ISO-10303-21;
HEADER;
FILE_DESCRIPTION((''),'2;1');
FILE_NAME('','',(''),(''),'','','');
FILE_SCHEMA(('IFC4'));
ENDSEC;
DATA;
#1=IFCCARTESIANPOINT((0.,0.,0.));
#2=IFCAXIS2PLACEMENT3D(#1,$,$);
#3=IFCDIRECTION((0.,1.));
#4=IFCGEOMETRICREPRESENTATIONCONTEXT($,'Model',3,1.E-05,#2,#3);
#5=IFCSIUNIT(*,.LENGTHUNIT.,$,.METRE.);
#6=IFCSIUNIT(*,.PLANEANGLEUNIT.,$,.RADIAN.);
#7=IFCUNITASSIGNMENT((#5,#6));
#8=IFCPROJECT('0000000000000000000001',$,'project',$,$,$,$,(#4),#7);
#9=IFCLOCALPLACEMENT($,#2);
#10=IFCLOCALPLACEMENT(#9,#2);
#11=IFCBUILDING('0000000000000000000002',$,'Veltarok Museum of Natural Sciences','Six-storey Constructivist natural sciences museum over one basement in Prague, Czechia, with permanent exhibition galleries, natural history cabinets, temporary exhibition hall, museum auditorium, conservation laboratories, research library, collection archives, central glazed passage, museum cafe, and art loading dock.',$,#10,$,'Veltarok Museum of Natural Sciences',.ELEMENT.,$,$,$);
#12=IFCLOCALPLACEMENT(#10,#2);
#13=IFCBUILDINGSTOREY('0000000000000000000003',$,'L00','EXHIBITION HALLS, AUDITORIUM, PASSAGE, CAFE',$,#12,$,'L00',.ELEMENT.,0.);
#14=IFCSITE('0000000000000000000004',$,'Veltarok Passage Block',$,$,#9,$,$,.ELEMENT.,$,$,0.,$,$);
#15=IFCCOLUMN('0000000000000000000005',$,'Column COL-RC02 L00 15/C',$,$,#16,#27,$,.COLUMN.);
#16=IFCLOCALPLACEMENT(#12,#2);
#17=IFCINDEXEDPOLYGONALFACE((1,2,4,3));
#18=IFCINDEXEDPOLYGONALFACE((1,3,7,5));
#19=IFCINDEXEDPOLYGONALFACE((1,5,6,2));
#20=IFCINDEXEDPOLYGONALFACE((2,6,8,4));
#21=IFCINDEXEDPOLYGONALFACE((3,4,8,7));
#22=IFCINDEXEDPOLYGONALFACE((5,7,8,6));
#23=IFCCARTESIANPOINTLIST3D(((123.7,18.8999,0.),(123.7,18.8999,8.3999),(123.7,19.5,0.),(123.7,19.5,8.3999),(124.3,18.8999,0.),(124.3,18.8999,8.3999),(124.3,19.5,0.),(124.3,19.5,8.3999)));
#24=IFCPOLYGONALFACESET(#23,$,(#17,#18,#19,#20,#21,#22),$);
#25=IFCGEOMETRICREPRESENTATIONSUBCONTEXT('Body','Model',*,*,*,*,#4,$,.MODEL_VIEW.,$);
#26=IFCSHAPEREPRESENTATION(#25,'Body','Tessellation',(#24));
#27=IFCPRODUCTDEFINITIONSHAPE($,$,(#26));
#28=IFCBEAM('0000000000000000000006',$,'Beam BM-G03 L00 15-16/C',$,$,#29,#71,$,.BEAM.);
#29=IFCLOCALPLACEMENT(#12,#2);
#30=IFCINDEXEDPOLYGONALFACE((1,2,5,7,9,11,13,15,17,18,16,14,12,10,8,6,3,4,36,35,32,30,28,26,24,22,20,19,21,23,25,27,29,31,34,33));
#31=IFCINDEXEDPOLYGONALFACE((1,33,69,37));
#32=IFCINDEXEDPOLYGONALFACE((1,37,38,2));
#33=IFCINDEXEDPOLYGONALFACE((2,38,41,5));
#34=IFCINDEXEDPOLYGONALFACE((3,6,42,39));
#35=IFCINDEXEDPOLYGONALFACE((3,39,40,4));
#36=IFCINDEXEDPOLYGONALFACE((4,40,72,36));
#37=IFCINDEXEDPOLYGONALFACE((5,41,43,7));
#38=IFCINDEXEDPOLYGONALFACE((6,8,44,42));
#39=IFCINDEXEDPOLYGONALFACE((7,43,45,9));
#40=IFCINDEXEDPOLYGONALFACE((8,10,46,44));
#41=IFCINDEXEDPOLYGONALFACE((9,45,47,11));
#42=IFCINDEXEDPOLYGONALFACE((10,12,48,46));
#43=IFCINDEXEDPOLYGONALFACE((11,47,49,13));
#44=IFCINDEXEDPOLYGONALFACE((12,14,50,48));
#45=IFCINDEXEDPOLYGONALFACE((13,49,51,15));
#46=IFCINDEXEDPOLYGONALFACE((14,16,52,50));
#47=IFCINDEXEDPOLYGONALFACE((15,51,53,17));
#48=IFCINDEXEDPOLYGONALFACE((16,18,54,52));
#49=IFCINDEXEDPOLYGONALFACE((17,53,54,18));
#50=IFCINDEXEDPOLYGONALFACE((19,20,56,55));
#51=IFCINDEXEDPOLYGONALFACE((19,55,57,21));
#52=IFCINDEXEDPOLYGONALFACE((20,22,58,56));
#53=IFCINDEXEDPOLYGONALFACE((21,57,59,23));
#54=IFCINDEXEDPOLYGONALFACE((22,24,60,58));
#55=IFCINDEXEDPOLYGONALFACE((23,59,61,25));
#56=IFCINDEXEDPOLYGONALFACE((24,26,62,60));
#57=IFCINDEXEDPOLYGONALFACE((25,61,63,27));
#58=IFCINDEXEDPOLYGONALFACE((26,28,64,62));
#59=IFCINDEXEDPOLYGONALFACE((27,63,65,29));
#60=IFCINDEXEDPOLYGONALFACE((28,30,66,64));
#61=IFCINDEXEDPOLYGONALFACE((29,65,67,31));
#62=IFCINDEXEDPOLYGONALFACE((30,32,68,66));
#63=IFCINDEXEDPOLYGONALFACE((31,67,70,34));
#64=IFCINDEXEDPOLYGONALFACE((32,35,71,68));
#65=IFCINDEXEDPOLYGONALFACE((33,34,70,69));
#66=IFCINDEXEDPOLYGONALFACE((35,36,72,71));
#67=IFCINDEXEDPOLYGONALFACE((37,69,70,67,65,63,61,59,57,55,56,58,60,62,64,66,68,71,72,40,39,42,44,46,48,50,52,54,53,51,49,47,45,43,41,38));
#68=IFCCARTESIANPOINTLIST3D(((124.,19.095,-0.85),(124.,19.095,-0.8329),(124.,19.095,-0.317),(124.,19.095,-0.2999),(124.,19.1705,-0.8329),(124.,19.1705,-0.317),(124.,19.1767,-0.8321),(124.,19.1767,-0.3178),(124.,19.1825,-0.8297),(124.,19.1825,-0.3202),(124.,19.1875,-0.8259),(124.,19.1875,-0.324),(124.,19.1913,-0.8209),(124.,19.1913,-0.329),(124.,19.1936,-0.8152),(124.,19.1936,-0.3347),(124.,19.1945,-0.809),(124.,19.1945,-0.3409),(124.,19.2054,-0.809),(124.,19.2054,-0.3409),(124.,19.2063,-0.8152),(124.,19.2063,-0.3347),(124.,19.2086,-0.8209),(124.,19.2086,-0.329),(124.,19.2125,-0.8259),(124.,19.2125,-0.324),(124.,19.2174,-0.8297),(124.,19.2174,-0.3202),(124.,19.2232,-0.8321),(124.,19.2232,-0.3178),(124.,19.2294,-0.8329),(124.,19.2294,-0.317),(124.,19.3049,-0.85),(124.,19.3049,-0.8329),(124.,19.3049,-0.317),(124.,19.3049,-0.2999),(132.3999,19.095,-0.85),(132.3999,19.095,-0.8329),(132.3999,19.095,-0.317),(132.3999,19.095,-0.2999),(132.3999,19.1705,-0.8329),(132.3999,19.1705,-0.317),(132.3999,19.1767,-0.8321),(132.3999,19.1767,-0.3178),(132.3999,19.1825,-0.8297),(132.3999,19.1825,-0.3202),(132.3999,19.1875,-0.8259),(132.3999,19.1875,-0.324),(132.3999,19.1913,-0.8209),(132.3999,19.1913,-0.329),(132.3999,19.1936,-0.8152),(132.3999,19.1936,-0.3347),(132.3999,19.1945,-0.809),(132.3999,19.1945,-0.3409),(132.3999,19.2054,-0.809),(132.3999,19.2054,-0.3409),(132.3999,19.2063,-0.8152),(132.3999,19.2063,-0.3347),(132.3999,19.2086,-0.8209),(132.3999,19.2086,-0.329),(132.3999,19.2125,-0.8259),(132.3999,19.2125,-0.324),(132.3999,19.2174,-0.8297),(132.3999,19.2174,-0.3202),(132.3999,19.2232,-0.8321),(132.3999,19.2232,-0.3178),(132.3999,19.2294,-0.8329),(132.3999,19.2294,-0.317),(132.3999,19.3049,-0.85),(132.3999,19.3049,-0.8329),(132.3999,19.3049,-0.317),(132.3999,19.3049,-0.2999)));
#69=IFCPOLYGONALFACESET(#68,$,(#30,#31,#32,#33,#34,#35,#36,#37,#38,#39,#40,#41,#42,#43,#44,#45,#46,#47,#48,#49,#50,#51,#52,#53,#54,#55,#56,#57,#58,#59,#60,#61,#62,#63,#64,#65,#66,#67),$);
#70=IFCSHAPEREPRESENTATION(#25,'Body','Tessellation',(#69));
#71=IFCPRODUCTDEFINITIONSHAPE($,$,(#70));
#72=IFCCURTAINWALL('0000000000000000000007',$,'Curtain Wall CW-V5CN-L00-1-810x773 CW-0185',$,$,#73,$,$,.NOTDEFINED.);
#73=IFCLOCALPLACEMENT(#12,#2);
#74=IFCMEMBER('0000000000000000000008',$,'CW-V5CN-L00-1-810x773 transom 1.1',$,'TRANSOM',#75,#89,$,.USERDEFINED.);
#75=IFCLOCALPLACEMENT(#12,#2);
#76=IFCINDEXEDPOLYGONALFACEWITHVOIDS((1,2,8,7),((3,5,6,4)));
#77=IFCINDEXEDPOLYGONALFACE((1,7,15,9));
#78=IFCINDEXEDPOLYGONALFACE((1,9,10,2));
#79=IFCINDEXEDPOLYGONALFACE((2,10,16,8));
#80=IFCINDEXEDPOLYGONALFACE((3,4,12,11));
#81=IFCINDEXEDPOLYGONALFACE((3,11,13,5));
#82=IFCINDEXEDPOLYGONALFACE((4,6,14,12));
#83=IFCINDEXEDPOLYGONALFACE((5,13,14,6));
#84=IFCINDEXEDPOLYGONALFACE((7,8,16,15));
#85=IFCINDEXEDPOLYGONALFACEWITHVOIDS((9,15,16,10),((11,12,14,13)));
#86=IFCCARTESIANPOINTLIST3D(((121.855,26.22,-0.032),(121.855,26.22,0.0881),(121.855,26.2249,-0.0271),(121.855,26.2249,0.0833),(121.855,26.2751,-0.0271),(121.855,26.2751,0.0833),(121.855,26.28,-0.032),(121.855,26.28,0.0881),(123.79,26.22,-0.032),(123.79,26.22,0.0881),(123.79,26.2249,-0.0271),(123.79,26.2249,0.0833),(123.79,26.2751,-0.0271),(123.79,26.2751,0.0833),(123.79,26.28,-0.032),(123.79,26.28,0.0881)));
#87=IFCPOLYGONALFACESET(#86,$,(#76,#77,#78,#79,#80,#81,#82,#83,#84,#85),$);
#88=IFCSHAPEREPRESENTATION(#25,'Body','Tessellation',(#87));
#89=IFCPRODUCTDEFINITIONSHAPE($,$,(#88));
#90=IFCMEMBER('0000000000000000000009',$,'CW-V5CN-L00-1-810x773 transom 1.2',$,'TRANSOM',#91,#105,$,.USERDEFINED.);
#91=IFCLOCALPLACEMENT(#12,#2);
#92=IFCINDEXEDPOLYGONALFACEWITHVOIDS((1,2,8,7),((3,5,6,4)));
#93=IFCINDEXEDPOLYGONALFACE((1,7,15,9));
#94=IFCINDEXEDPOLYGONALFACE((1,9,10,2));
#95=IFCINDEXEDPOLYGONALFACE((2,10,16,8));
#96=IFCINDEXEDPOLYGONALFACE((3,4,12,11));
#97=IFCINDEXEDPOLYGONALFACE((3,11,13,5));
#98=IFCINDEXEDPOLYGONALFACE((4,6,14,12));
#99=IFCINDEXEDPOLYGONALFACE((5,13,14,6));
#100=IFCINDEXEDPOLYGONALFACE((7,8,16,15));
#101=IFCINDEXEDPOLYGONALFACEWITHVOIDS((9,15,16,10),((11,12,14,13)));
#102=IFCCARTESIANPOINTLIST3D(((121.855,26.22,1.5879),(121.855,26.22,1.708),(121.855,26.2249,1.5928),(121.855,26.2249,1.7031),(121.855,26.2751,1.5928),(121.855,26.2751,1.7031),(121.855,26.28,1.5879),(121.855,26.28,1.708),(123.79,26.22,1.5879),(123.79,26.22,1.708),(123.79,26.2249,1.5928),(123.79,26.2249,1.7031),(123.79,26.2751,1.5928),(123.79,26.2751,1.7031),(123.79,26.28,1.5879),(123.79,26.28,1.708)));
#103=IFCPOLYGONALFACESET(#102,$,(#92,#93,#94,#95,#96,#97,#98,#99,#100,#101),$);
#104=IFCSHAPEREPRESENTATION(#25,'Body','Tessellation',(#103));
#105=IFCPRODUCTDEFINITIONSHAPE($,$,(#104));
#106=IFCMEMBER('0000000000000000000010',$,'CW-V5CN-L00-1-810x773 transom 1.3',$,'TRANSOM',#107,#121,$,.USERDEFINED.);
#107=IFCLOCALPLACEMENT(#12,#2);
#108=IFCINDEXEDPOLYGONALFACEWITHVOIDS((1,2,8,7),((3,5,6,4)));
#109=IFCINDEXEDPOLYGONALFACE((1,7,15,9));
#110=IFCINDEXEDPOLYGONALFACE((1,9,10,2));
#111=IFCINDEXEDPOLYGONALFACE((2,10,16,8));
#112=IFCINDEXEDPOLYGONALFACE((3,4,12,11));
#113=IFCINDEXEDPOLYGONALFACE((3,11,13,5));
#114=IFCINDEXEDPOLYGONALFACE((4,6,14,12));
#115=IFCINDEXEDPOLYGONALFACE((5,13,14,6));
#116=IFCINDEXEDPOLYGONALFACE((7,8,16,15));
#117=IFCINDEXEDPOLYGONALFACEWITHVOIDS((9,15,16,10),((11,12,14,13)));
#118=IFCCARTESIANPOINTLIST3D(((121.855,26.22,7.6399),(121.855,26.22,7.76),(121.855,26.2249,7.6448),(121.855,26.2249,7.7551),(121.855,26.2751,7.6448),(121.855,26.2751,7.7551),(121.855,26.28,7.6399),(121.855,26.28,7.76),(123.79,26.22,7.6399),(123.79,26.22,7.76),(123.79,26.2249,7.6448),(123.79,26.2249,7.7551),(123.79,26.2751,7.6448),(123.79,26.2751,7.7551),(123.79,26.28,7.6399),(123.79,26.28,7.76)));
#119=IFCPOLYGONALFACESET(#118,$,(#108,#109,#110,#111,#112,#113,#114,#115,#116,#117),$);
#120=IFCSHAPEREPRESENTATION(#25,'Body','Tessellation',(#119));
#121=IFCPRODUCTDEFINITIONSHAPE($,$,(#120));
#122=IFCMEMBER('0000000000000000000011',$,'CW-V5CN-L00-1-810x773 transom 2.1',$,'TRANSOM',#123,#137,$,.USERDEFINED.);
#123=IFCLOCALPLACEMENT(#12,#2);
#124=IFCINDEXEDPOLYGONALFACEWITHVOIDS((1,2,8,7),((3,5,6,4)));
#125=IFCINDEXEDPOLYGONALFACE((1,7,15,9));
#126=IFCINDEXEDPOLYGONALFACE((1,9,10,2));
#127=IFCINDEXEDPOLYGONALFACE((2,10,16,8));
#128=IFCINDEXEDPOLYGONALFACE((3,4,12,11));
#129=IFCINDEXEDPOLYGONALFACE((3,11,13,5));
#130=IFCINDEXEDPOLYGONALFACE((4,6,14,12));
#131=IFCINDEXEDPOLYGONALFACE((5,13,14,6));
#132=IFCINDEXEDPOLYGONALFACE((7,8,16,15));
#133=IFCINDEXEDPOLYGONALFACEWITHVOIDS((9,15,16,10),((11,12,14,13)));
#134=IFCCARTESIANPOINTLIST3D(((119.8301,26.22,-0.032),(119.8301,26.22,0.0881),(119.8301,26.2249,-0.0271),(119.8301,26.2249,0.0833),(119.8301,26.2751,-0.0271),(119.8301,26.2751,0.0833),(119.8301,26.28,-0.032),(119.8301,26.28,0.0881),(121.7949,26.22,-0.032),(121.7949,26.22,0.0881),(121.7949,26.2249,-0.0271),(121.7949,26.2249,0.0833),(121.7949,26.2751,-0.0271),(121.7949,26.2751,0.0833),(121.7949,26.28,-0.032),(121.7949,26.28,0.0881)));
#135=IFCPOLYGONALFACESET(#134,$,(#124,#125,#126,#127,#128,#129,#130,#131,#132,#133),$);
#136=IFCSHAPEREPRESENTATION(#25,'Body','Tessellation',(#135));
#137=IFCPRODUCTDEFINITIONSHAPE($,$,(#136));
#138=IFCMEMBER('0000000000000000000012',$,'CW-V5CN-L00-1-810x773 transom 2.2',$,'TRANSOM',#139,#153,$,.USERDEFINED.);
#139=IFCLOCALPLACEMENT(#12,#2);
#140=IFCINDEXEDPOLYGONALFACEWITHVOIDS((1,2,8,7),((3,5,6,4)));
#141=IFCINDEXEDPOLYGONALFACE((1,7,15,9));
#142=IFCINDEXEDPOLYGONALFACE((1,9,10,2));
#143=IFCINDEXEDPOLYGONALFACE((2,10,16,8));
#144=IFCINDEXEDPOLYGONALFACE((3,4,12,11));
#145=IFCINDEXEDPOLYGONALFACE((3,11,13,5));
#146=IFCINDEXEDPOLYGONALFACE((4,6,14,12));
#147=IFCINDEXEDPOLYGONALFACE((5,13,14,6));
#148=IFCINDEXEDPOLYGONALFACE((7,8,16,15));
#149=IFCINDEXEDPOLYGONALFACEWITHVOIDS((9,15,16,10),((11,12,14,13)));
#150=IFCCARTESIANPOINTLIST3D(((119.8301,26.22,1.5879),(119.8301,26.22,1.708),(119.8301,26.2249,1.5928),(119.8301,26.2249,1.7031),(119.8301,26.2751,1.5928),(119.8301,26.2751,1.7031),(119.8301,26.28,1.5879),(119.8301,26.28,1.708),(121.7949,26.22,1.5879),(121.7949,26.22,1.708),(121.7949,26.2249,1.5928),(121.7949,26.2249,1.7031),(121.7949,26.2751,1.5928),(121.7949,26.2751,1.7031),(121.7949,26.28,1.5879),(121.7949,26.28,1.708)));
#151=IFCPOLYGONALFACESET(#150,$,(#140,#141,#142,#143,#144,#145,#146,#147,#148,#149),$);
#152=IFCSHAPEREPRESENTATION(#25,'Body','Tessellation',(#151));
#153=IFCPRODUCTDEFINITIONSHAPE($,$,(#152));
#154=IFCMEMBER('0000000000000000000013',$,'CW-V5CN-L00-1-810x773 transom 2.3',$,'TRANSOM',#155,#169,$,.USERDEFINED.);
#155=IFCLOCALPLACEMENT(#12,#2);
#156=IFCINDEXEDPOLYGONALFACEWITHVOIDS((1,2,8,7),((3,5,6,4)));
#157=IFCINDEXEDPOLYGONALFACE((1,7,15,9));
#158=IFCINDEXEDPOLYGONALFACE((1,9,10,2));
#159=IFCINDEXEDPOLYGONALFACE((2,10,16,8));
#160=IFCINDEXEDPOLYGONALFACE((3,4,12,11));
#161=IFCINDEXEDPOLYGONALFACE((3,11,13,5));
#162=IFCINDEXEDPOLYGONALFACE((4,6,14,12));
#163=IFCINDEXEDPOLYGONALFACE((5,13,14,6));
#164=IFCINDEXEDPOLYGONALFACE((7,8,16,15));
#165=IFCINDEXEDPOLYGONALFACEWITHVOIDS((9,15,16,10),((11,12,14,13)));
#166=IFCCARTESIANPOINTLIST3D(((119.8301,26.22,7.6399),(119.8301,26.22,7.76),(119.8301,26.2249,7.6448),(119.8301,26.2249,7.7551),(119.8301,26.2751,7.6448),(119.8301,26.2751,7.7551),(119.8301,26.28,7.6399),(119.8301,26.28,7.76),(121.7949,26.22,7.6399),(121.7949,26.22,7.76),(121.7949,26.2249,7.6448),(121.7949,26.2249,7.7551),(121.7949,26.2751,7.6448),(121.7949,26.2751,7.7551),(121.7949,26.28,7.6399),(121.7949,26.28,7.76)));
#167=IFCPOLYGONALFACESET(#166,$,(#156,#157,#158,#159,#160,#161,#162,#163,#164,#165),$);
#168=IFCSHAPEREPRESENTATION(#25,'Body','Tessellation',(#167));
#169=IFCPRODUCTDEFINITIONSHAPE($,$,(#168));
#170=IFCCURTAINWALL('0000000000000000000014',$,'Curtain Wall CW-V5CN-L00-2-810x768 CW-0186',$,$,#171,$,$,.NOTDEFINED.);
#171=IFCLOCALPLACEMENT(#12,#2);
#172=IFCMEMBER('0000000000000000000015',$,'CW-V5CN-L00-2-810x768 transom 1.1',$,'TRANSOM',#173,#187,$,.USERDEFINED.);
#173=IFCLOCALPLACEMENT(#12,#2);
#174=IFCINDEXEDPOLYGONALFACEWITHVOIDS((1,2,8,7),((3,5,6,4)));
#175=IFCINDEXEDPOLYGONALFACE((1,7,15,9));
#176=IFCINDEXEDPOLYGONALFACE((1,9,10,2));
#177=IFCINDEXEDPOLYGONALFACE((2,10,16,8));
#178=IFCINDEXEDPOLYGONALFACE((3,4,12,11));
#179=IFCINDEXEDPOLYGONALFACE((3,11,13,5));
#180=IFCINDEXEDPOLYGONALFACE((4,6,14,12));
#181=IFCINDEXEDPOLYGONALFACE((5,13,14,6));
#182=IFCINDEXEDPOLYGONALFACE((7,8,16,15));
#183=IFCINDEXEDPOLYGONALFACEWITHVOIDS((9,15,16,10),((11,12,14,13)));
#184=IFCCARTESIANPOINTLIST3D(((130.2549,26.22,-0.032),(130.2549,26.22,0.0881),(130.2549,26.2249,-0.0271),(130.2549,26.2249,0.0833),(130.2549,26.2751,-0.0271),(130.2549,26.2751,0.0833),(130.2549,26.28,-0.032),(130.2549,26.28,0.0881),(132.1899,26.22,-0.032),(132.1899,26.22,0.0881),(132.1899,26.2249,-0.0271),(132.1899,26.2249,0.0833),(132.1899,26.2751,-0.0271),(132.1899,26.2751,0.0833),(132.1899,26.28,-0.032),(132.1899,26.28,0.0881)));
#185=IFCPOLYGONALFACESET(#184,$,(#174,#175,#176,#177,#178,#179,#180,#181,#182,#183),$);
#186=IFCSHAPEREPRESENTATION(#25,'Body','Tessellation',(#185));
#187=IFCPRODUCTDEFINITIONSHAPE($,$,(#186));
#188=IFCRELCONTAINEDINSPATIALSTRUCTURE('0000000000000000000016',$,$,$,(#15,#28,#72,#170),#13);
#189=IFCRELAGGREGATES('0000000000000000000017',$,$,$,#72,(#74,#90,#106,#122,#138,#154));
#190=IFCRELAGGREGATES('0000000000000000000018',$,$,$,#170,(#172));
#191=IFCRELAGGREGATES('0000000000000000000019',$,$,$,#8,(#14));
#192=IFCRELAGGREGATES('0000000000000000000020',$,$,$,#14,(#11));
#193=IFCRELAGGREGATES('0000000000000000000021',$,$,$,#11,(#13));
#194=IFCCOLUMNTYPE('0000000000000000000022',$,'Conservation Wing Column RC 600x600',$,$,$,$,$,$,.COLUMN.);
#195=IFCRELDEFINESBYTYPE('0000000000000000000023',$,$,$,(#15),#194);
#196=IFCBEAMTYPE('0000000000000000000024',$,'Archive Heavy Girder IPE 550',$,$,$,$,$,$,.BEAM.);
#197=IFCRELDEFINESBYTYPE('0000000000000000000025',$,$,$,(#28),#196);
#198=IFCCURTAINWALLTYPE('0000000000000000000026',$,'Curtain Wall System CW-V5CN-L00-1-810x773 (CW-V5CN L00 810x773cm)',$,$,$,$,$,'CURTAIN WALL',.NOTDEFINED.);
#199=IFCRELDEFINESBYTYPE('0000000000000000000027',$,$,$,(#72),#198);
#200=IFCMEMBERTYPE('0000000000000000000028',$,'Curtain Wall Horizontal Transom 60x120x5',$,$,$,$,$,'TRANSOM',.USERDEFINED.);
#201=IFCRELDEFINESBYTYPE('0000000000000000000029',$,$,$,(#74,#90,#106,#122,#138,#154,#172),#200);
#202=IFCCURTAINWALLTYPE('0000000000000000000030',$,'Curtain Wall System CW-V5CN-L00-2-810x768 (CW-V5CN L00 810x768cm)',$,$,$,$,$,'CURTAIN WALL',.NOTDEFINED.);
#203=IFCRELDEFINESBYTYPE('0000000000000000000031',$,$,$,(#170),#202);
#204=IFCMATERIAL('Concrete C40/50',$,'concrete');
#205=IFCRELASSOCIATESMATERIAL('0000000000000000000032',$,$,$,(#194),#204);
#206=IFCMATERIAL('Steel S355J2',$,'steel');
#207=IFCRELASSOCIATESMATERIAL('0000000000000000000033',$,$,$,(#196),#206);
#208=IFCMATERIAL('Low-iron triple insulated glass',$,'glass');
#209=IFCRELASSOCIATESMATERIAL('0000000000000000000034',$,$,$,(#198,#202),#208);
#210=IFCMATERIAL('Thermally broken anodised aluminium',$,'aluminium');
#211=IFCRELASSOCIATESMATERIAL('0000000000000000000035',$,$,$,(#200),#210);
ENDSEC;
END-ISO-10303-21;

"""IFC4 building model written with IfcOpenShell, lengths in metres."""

from ifc_helpers import new_model, si_unit, direction, frame, origin, origin_2d, place, context, subcontext, project, spatial, rectangle, hollow_rectangle, i_section, extrude, material, material_profile, profile_set, type_object, element, aggregate, save


model = new_model("IFC4")

# Units and contexts
model_context = context("Model", 3, precision=1e-05, world=origin(), true_north=direction((0.0, 1.0)))
body_context = subcontext(model_context, "Body", "Model", "MODEL_VIEW")
ifc_project = project(units=[si_unit("LENGTHUNIT", "METRE"), si_unit("PLANEANGLEUNIT", "RADIAN")], contexts=[model_context])

# Site, building, storey
site_placement = place(None, origin())
site = spatial("IfcSite", under=ifc_project, at=site_placement, Name="Veltarok Passage Block", CompositionType="ELEMENT", RefElevation=0.0)
building_placement = place(site_placement, origin())
building = spatial("IfcBuilding", under=site, at=building_placement, Name="Veltarok Museum of Natural Sciences", Description="Six-storey Constructivist natural sciences museum over one basement in Prague, Czechia, with permanent exhibition galleries, natural history cabinets, temporary exhibition hall, museum auditorium, conservation laboratories, research library, collection archives, central glazed passage, museum cafe, and art loading dock.", LongName="Veltarok Museum of Natural Sciences", CompositionType="ELEMENT")
storey_placement = place(building_placement, origin())
storey = spatial("IfcBuildingStorey", under=building, at=storey_placement, Name="L00", Description="EXHIBITION HALLS, AUDITORIUM, PASSAGE, CAFE", LongName="L00", CompositionType="ELEMENT", Elevation=0.0)

# Column
ifc_material_1 = material(Name="Concrete C40/50", Category="concrete")
ifc_material_profile_1 = material_profile(ifc_material_1, rectangle(XDim=0.6001, YDim=0.6001, at=origin_2d()), Name="RC 600x600")
ifc_profile_set_1 = profile_set([ifc_material_profile_1], Name="Concrete C40/50")
column_type = type_object("IfcColumnType", Name="Conservation Wing Column RC 600x600", PredefinedType="COLUMN", material=ifc_profile_set_1)
column_placement = place(storey_placement, frame((124.0, 19.2, 0.0), z_axis=(0.0, 0.0, 1.0), x_axis=(1.0, 0.0, 0.0)))
element("IfcColumn", 1, at=column_placement, inside=storey, type_object=column_type, Name="Column COL-RC02 L00 15/C", PredefinedType="COLUMN", context=body_context, shape_type="SweptSolid", body=[
    extrude(rectangle(XDim=0.6001, YDim=0.6001, at=origin_2d()), origin(), (0.0, 0.0, 1.0), 8.3999),
])

# Beam
ifc_material_2 = material(Name="Steel S355J2", Category="steel")
ifc_material_profile_2 = material_profile(ifc_material_2, i_section(OverallWidth=0.21, OverallDepth=0.55, WebThickness=0.011, FlangeThickness=0.0171, FilletRadius=0.0239, at=origin_2d()), Name="IPE 550")
ifc_profile_set_2 = profile_set([ifc_material_profile_2], Name="Steel S355J2")
beam_type_1 = type_object("IfcBeamType", Name="Archive Heavy Girder IPE 550", PredefinedType="BEAM", material=ifc_profile_set_2)
beam_1_placement = place(storey_placement, frame((124.0, 19.2, -0.575), z_axis=(1.0, 0.0, 0.0), x_axis=(0.0, 1.0, 0.0)))
element("IfcBeam", 2, at=beam_1_placement, inside=storey, type_object=beam_type_1, Name="Beam BM-G03 L00 15-16/C", PredefinedType="BEAM", context=body_context, shape_type="SweptSolid", body=[
    extrude(i_section(OverallWidth=0.21, OverallDepth=0.55, WebThickness=0.011, FlangeThickness=0.0171, FilletRadius=0.0239, at=origin_2d()), origin(), (0.0, 0.0, 1.0), 8.3999),
])

# Curtain walls, members
ifc_material_3 = material(Name="Low-iron triple insulated glass", Category="glass")
curtain_wall_type_1 = type_object("IfcCurtainWallType", Name="Curtain Wall System CW-V5CN-L00-1-810x773 (CW-V5CN L00 810x773cm)", ElementType="CURTAIN WALL", PredefinedType="NOTDEFINED", material=ifc_material_3)
curtain_wall_1_placement = place(storey_placement, origin())
curtain_wall_1 = element("IfcCurtainWall", 3, at=curtain_wall_1_placement, inside=storey, type_object=curtain_wall_type_1, Name="Curtain Wall CW-V5CN-L00-1-810x773 CW-0185", PredefinedType="NOTDEFINED")
ifc_material_4 = material(Name="Thermally broken anodised aluminium", Category="aluminium")
ifc_material_profile_3 = material_profile(ifc_material_4, hollow_rectangle(XDim=0.0601, YDim=0.1201, WallThickness=0.0049, at=origin_2d()), Name="CW TRANSOM 60x120x5")
ifc_profile_set_3 = profile_set([ifc_material_profile_3], Name="Thermally broken anodised aluminium")
member_type_1 = type_object("IfcMemberType", Name="Curtain Wall Horizontal Transom 60x120x5", ElementType="TRANSOM", PredefinedType="USERDEFINED", material=ifc_profile_set_3)
member_1_placement = place(storey_placement, frame((123.79, 26.25, 0.0281), z_axis=(-1.0, 0.0, 0.0), x_axis=(0.0, -1.0, 0.0)))
member_1 = element("IfcMember", 4, at=member_1_placement, type_object=member_type_1, Name="CW-V5CN-L00-1-810x773 transom 1.1", ObjectType="TRANSOM", PredefinedType="USERDEFINED", context=body_context, shape_type="SweptSolid", body=[
    extrude(hollow_rectangle(XDim=0.0601, YDim=0.1201, WallThickness=0.0049, at=origin_2d()), origin(), (0.0, 0.0, 1.0), 1.9351),
])
member_2_placement = place(storey_placement, frame((123.79, 26.25, 1.6479), z_axis=(-1.0, 0.0, 0.0), x_axis=(0.0, -1.0, 0.0)))
member_2 = element("IfcMember", 5, at=member_2_placement, type_object=member_type_1, Name="CW-V5CN-L00-1-810x773 transom 1.2", ObjectType="TRANSOM", PredefinedType="USERDEFINED", context=body_context, shape_type="SweptSolid", body=[
    extrude(hollow_rectangle(XDim=0.0601, YDim=0.1201, WallThickness=0.0049, at=origin_2d()), origin(), (0.0, 0.0, 1.0), 1.9351),
])
member_3_placement = place(storey_placement, frame((123.79, 26.25, 7.7), z_axis=(-1.0, 0.0, 0.0), x_axis=(0.0, -1.0, 0.0)))
member_3 = element("IfcMember", 6, at=member_3_placement, type_object=member_type_1, Name="CW-V5CN-L00-1-810x773 transom 1.3", ObjectType="TRANSOM", PredefinedType="USERDEFINED", context=body_context, shape_type="SweptSolid", body=[
    extrude(hollow_rectangle(XDim=0.0601, YDim=0.1201, WallThickness=0.0049, at=origin_2d()), origin(), (0.0, 0.0, 1.0), 1.9351),
])
member_4_placement = place(storey_placement, frame((121.7949, 26.25, 0.0281), z_axis=(-1.0, 0.0, 0.0), x_axis=(0.0, -1.0, 0.0)))
member_4 = element("IfcMember", 7, at=member_4_placement, type_object=member_type_1, Name="CW-V5CN-L00-1-810x773 transom 2.1", ObjectType="TRANSOM", PredefinedType="USERDEFINED", context=body_context, shape_type="SweptSolid", body=[
    extrude(hollow_rectangle(XDim=0.0601, YDim=0.1201, WallThickness=0.0049, at=origin_2d()), origin(), (0.0, 0.0, 1.0), 1.9648),
])
member_5_placement = place(storey_placement, frame((121.7949, 26.25, 1.6479), z_axis=(-1.0, 0.0, 0.0), x_axis=(0.0, -1.0, 0.0)))
member_5 = element("IfcMember", 8, at=member_5_placement, type_object=member_type_1, Name="CW-V5CN-L00-1-810x773 transom 2.2", ObjectType="TRANSOM", PredefinedType="USERDEFINED", context=body_context, shape_type="SweptSolid", body=[
    extrude(hollow_rectangle(XDim=0.0601, YDim=0.1201, WallThickness=0.0049, at=origin_2d()), origin(), (0.0, 0.0, 1.0), 1.9648),
])
member_6_placement = place(storey_placement, frame((121.7949, 26.25, 7.7), z_axis=(-1.0, 0.0, 0.0), x_axis=(0.0, -1.0, 0.0)))
member_6 = element("IfcMember", 9, at=member_6_placement, type_object=member_type_1, Name="CW-V5CN-L00-1-810x773 transom 2.3", ObjectType="TRANSOM", PredefinedType="USERDEFINED", context=body_context, shape_type="SweptSolid", body=[
    extrude(hollow_rectangle(XDim=0.0601, YDim=0.1201, WallThickness=0.0049, at=origin_2d()), origin(), (0.0, 0.0, 1.0), 1.9648),
])
curtain_wall_type_2 = type_object("IfcCurtainWallType", Name="Curtain Wall System CW-V5CN-L00-2-810x768 (CW-V5CN L00 810x768cm)", ElementType="CURTAIN WALL", PredefinedType="NOTDEFINED", material=ifc_material_3)
curtain_wall_2_placement = place(storey_placement, origin())
curtain_wall_2 = element("IfcCurtainWall", 10, at=curtain_wall_2_placement, inside=storey, type_object=curtain_wall_type_2, Name="Curtain Wall CW-V5CN-L00-2-810x768 CW-0186", PredefinedType="NOTDEFINED")
member_7_placement = place(storey_placement, frame((132.1899, 26.25, 0.0281), z_axis=(-1.0, 0.0, 0.0), x_axis=(0.0, -1.0, 0.0)))
member_7 = element("IfcMember", 11, at=member_7_placement, type_object=member_type_1, Name="CW-V5CN-L00-2-810x768 transom 1.1", ObjectType="TRANSOM", PredefinedType="USERDEFINED", context=body_context, shape_type="SweptSolid", body=[
    extrude(hollow_rectangle(XDim=0.0601, YDim=0.1201, WallThickness=0.0049, at=origin_2d()), origin(), (0.0, 0.0, 1.0), 1.9351),
])

aggregate(curtain_wall_1, [member_1, member_2, member_3, member_4, member_5, member_6])
aggregate(curtain_wall_2, [member_7])

save(model, "model.ifc")
